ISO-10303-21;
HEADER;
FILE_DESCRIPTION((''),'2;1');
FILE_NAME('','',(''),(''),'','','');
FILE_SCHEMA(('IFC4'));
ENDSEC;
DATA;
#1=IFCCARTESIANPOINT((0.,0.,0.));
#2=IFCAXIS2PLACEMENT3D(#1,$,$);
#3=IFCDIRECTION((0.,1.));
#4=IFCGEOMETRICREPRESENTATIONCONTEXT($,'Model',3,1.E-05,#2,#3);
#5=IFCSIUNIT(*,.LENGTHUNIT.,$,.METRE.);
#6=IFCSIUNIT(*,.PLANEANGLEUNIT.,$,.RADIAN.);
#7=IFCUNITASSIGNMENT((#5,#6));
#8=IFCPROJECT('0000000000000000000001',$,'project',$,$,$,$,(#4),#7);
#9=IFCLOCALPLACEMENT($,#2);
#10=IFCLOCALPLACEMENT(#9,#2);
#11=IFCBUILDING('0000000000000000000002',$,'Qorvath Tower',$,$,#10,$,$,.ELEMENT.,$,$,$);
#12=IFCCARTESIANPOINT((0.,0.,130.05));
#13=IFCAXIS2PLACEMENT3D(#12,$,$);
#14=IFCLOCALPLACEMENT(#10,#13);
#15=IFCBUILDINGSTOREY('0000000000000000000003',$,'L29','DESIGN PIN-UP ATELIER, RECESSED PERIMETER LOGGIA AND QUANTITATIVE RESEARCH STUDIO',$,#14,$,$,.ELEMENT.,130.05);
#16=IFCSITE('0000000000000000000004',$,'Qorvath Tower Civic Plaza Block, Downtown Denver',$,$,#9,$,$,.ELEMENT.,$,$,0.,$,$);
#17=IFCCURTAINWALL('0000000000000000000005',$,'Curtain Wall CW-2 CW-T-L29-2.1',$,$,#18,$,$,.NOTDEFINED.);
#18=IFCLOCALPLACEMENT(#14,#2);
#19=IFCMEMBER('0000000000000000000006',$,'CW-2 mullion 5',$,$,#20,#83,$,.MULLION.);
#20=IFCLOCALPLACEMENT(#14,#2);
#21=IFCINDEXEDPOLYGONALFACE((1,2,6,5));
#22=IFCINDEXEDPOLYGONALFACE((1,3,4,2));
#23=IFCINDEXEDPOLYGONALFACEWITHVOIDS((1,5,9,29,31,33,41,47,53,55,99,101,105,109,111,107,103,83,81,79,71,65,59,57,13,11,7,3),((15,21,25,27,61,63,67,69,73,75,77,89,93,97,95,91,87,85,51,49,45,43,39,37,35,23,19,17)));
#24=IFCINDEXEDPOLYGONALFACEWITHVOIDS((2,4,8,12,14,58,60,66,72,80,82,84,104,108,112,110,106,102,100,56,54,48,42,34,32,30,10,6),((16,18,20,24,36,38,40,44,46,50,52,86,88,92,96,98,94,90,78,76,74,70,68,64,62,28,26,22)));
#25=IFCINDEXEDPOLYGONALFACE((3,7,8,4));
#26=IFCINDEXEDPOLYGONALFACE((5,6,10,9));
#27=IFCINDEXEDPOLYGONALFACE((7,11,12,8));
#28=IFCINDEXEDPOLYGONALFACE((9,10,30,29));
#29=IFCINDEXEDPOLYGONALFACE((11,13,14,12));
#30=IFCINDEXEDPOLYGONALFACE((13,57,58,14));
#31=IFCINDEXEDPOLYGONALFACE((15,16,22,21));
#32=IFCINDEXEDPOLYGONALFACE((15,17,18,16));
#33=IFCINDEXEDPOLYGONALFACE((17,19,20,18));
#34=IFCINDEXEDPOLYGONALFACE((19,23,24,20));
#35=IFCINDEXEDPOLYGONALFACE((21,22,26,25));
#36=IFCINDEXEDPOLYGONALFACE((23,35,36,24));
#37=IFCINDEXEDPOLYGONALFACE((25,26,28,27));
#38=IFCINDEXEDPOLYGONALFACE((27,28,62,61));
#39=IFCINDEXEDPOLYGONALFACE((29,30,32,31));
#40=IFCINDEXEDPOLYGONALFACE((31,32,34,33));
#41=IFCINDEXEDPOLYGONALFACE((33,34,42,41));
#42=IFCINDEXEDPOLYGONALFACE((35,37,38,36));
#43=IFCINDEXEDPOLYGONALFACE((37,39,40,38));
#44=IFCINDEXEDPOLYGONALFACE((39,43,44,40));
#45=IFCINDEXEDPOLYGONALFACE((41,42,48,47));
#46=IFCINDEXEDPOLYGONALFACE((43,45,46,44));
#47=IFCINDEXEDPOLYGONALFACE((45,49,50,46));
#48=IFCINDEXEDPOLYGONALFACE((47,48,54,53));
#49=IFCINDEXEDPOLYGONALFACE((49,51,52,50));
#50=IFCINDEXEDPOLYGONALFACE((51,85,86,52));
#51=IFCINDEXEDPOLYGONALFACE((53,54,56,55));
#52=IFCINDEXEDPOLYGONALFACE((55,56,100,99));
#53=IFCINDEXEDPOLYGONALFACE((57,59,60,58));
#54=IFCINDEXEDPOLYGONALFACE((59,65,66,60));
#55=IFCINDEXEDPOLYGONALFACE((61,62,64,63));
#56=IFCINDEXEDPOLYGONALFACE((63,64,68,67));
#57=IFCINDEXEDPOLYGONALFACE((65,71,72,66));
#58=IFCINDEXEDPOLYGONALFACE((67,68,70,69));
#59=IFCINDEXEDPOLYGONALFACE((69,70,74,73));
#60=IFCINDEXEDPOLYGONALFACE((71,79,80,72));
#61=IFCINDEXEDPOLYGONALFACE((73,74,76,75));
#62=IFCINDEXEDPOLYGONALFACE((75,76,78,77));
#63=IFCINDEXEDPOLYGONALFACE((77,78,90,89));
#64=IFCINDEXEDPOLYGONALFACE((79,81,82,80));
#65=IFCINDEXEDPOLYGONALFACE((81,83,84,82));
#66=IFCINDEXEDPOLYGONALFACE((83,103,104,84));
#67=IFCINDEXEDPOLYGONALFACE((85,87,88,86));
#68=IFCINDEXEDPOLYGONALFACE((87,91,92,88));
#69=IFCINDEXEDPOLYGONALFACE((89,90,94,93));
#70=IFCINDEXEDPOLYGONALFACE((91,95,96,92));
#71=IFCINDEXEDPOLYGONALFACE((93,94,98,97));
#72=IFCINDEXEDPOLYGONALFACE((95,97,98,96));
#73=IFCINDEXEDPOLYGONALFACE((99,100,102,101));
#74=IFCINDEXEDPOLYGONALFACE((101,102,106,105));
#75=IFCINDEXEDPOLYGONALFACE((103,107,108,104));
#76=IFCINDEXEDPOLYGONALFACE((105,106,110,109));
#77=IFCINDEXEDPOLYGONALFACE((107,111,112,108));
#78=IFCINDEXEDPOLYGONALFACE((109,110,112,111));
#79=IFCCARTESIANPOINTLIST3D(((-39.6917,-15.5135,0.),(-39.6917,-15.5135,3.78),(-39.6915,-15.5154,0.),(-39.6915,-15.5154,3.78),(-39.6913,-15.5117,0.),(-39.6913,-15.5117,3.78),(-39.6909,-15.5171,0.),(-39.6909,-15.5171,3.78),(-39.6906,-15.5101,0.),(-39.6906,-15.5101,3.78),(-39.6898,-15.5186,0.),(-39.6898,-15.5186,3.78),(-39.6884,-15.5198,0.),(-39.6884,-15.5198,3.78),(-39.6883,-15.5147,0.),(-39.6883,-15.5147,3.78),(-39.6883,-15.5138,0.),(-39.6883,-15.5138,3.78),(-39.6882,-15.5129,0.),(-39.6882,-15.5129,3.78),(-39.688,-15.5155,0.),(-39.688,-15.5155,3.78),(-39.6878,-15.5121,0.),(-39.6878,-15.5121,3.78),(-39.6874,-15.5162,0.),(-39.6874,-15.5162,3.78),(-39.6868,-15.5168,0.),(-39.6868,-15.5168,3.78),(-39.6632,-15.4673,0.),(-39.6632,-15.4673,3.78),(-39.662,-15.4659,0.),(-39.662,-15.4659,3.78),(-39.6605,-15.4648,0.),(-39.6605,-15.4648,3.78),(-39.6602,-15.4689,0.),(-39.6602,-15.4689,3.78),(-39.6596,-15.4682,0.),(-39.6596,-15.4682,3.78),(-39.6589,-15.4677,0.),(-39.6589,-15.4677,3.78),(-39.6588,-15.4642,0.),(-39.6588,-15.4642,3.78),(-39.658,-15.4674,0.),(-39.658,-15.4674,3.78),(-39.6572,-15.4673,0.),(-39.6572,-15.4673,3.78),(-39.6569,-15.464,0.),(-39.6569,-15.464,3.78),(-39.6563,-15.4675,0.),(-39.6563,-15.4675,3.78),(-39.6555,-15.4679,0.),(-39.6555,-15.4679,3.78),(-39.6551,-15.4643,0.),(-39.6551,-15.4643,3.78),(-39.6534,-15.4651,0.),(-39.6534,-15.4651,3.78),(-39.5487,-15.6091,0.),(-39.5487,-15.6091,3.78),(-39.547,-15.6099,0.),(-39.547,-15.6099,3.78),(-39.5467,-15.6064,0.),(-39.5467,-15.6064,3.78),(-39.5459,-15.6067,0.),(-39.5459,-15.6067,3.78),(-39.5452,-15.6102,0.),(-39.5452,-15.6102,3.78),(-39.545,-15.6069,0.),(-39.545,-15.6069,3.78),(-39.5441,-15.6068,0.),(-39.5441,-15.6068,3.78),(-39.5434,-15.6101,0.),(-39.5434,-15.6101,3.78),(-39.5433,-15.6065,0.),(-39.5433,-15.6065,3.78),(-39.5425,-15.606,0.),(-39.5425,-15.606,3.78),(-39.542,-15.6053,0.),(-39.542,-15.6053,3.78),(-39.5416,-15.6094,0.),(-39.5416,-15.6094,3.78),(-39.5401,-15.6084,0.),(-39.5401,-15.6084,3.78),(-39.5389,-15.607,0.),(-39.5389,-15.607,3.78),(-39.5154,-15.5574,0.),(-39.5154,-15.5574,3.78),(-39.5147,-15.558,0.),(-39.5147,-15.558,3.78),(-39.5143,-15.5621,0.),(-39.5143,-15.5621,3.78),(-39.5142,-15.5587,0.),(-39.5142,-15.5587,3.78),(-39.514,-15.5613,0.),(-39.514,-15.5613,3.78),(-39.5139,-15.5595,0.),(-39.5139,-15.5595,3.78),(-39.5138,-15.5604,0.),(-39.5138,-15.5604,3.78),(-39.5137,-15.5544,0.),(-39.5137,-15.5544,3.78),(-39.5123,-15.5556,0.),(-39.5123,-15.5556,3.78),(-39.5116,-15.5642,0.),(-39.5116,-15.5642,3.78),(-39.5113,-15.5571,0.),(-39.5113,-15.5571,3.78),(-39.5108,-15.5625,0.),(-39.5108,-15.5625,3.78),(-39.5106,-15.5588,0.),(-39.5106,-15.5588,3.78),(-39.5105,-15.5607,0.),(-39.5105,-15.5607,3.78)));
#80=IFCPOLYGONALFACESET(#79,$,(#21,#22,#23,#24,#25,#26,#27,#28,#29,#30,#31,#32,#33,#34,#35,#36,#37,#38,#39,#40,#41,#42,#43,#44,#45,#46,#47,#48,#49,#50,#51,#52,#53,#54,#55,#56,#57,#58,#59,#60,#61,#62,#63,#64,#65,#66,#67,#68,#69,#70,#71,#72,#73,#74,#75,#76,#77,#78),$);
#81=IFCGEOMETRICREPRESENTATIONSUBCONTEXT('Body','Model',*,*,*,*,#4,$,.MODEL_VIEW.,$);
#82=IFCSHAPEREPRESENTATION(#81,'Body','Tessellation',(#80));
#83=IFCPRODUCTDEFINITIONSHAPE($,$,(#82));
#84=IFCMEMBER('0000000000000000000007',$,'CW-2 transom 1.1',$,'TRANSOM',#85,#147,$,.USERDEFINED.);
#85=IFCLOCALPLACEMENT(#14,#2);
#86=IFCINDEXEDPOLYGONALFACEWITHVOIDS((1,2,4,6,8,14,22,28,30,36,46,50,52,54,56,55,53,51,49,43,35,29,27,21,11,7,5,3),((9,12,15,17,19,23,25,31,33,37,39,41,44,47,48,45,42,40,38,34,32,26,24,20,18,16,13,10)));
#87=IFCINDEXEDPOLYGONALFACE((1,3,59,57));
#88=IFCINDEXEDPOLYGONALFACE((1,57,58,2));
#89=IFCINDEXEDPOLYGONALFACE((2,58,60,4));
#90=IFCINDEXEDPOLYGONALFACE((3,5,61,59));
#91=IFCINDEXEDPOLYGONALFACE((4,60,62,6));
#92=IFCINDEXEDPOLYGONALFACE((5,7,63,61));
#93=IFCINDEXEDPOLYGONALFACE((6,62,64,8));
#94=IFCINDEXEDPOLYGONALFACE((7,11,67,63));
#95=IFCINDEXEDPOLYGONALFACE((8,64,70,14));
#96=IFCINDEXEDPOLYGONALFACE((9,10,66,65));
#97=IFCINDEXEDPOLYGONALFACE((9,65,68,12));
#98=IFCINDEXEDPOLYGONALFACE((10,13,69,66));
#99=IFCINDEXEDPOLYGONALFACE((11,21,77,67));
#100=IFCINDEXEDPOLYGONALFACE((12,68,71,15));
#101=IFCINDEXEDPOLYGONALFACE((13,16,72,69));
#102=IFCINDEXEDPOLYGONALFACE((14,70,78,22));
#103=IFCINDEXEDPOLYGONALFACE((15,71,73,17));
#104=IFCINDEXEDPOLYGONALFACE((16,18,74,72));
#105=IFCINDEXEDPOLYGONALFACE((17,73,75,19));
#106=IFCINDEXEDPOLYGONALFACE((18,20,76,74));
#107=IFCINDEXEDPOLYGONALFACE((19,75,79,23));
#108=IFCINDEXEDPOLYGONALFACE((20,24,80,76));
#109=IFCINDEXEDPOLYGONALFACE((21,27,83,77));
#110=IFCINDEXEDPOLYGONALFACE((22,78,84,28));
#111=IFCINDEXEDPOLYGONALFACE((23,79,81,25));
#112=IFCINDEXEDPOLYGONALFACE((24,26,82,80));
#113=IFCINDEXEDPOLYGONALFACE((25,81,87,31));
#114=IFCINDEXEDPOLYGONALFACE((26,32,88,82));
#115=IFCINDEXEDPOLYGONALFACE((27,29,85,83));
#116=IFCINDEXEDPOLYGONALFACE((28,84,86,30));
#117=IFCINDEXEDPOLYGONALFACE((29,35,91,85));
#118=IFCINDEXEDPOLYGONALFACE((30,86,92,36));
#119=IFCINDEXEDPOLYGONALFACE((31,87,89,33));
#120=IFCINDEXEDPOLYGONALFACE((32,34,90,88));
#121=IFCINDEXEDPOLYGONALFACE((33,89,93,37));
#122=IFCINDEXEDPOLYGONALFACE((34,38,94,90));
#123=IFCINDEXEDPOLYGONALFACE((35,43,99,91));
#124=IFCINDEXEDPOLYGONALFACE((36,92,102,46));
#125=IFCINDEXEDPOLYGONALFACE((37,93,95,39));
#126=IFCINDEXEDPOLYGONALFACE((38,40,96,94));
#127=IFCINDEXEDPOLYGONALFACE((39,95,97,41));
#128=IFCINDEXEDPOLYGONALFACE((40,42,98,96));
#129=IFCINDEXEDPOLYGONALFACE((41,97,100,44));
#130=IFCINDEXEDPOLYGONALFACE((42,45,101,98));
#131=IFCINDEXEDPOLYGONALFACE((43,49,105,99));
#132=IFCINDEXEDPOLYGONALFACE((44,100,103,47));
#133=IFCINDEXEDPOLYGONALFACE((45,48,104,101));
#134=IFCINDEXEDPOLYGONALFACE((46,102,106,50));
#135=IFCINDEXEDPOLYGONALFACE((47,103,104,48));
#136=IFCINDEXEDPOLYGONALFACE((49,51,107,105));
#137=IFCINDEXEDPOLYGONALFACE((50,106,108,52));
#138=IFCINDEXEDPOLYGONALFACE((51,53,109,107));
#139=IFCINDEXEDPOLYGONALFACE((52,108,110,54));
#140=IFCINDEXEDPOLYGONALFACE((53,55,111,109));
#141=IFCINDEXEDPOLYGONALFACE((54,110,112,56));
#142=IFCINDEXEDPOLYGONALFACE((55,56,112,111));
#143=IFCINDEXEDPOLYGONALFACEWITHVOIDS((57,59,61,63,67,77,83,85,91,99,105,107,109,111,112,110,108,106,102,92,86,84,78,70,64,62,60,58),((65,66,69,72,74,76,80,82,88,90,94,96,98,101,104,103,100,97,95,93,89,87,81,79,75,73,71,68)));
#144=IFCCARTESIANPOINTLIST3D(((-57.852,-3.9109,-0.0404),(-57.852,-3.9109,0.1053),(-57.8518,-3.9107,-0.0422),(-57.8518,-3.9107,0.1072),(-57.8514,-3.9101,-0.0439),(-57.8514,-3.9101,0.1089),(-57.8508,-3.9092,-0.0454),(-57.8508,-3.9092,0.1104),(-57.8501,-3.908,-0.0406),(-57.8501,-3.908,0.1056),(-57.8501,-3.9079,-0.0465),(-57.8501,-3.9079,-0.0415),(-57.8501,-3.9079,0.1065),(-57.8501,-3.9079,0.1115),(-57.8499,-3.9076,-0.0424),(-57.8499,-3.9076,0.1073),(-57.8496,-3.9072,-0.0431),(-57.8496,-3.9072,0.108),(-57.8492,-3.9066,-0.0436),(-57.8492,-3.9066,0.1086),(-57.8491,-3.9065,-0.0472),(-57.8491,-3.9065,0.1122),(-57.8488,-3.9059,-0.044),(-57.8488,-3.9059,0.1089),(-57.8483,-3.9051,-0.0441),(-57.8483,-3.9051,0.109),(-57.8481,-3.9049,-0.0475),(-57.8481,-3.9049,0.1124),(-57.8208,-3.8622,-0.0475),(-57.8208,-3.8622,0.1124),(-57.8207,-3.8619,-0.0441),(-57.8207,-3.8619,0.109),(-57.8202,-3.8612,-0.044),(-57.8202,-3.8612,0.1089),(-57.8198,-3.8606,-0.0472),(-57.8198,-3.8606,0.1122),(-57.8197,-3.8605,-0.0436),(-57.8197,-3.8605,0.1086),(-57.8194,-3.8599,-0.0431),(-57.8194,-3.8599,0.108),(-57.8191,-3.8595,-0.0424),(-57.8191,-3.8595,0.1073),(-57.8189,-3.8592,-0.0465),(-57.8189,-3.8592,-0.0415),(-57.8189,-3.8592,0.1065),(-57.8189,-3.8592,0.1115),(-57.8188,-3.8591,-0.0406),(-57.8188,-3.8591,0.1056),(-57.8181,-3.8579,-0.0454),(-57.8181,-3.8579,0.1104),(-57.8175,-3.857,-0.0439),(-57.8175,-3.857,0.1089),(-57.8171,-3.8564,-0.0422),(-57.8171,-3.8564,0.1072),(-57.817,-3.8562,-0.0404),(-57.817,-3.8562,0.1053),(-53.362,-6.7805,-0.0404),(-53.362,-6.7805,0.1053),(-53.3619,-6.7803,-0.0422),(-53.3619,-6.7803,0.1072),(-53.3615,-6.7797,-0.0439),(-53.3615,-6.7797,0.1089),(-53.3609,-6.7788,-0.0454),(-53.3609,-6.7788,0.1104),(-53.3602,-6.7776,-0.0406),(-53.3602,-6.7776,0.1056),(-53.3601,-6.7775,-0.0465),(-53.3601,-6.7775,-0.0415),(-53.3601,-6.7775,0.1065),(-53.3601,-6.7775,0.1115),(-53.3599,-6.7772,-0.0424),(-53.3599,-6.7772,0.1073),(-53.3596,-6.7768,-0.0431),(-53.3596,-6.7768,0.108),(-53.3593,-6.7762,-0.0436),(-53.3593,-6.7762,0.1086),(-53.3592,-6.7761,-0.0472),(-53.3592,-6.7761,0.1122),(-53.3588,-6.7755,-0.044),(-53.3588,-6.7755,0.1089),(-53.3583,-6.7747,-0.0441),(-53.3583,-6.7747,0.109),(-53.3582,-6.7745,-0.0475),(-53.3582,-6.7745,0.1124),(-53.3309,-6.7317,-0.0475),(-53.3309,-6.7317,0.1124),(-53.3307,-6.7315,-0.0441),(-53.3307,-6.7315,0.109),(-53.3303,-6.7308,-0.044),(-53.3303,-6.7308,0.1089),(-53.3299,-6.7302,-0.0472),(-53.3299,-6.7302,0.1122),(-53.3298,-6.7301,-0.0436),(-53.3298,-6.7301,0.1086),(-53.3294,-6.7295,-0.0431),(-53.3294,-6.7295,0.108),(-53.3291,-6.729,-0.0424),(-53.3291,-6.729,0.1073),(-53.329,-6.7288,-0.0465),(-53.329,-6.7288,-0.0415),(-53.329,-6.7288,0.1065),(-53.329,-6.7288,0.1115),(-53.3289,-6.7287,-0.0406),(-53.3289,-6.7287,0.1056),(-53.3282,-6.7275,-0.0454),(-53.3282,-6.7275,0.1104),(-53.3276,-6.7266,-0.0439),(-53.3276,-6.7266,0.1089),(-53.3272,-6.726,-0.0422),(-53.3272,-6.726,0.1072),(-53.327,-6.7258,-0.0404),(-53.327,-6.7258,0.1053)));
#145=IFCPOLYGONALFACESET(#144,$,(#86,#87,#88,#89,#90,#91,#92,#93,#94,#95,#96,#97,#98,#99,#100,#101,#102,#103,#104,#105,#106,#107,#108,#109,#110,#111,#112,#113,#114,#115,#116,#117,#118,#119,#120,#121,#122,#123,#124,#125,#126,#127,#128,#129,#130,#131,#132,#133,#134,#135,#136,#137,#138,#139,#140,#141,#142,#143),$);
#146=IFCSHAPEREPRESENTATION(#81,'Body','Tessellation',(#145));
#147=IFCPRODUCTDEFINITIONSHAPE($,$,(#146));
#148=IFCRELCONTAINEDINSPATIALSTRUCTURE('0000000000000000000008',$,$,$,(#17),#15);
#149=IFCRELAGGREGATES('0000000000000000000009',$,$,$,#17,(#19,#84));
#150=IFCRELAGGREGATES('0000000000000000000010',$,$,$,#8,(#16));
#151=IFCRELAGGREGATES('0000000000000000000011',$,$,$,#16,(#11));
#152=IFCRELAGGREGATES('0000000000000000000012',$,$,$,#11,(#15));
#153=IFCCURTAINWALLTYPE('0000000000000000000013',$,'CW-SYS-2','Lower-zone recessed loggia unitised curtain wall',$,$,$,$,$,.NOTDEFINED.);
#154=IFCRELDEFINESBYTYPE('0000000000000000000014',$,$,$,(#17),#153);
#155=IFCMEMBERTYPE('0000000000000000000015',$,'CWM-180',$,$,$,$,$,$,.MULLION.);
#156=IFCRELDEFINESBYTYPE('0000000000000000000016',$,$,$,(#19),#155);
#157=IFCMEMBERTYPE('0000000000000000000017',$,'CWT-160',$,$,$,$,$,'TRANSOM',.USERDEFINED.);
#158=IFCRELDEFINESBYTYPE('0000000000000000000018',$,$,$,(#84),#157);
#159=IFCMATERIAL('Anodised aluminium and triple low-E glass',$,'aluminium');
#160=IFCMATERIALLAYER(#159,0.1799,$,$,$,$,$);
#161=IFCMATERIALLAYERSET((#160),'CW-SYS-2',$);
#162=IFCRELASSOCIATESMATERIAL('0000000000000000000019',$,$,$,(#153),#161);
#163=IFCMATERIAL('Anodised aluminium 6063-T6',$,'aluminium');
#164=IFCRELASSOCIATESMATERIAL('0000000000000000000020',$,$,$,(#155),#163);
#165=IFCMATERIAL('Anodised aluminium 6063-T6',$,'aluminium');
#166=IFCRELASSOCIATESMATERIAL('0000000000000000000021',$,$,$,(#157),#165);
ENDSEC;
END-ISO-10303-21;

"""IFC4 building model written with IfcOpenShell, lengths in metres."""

from ifc_helpers import new_model, si_unit, direction, frame, origin, origin_2d, place, context, subcontext, project, spatial, hollow_rectangle, extrude, material, layer, layer_set, material_profile, profile_set, type_object, element, aggregate, save


model = new_model("IFC4")

# Units and contexts
model_context = context("Model", 3, precision=1e-05, world=origin(), true_north=direction((0.0, 1.0)))
body_context = subcontext(model_context, "Body", "Model", "MODEL_VIEW")
ifc_project = project(units=[si_unit("LENGTHUNIT", "METRE"), si_unit("PLANEANGLEUNIT", "RADIAN")], contexts=[model_context])

# Site, building, storey
site_placement = place(None, origin())
site = spatial("IfcSite", under=ifc_project, at=site_placement, Name="Qorvath Tower Civic Plaza Block, Downtown Denver", CompositionType="ELEMENT", RefElevation=0.0)
building_placement = place(site_placement, origin())
building = spatial("IfcBuilding", under=site, at=building_placement, Name="Qorvath Tower", CompositionType="ELEMENT")
storey_placement = place(building_placement, frame((0.0, 0.0, 130.05)))
storey = spatial("IfcBuildingStorey", under=building, at=storey_placement, Name="L29", Description="DESIGN PIN-UP ATELIER, RECESSED PERIMETER LOGGIA AND QUANTITATIVE RESEARCH STUDIO", CompositionType="ELEMENT", Elevation=130.05)

# Curtain wall, members
ifc_material_1 = material(Name="Anodised aluminium and triple low-E glass", Category="aluminium")
ifc_layer_1 = layer(ifc_material_1, 0.1799)
ifc_layer_set_1 = layer_set([ifc_layer_1], Name="CW-SYS-2")
curtain_wall_type = type_object("IfcCurtainWallType", Name="CW-SYS-2", Description="Lower-zone recessed loggia unitised curtain wall", PredefinedType="NOTDEFINED", material=ifc_layer_set_1)
curtain_wall_placement = place(storey_placement, origin())
curtain_wall = element("IfcCurtainWall", 1, at=curtain_wall_placement, inside=storey, type_object=curtain_wall_type, Name="Curtain Wall CW-2 CW-T-L29-2.1", PredefinedType="NOTDEFINED")
ifc_material_2 = material(Name="Anodised aluminium 6063-T6", Category="aluminium")
ifc_material_profile_1 = material_profile(ifc_material_2, hollow_rectangle(XDim=0.0649, YDim=0.1799, WallThickness=0.0034, InnerFilletRadius=0.0034, OuterFilletRadius=0.0071, at=origin_2d()), Name="CWM 180x65")
ifc_profile_set_1 = profile_set([ifc_material_profile_1], Name="Anodised aluminium 6063-T6")
member_type_1 = type_object("IfcMemberType", Name="CWM-180", PredefinedType="MULLION", material=ifc_profile_set_1)
member_1_placement = place(storey_placement, frame((-39.6011, -15.5371, 0.0), z_axis=(0.0, 0.0, 1.0), x_axis=(0.538534, 0.842604, 0.0)))
member_1 = element("IfcMember", 2, at=member_1_placement, type_object=member_type_1, Name="CW-2 mullion 5", PredefinedType="MULLION", context=body_context, shape_type="SweptSolid", body=[
    extrude(hollow_rectangle(XDim=0.0649, YDim=0.1799, WallThickness=0.0034, InnerFilletRadius=0.0034, OuterFilletRadius=0.0071, at=origin_2d()), origin(), (0.0, 0.0, 1.0), 3.78),
])
ifc_material_3 = material(Name="Anodised aluminium 6063-T6", Category="aluminium")
ifc_material_profile_2 = material_profile(ifc_material_3, hollow_rectangle(XDim=0.0649, YDim=0.1599, WallThickness=0.0034, InnerFilletRadius=0.0034, OuterFilletRadius=0.0071, at=origin_2d()), Name="CWT 160x65")
ifc_profile_set_2 = profile_set([ifc_material_profile_2], Name="Anodised aluminium 6063-T6")
member_type_2 = type_object("IfcMemberType", Name="CWT-160", ElementType="TRANSOM", PredefinedType="USERDEFINED", material=ifc_profile_set_2)
member_2_placement = place(storey_placement, frame((-57.8345, -3.8835, 0.0325), z_axis=(0.842609, -0.538526, 0.0), x_axis=(0.538526, 0.842609, 0.0)))
member_2 = element("IfcMember", 3, at=member_2_placement, type_object=member_type_2, Name="CW-2 transom 1.1", ObjectType="TRANSOM", PredefinedType="USERDEFINED", context=body_context, shape_type="SweptSolid", body=[
    extrude(hollow_rectangle(XDim=0.0649, YDim=0.1599, WallThickness=0.0034, InnerFilletRadius=0.0034, OuterFilletRadius=0.0071, at=origin_2d()), origin(), (0.0, 0.0, 1.0), 5.3286),
])
aggregate(curtain_wall, [member_1, member_2])

save(model, "model.ifc")
